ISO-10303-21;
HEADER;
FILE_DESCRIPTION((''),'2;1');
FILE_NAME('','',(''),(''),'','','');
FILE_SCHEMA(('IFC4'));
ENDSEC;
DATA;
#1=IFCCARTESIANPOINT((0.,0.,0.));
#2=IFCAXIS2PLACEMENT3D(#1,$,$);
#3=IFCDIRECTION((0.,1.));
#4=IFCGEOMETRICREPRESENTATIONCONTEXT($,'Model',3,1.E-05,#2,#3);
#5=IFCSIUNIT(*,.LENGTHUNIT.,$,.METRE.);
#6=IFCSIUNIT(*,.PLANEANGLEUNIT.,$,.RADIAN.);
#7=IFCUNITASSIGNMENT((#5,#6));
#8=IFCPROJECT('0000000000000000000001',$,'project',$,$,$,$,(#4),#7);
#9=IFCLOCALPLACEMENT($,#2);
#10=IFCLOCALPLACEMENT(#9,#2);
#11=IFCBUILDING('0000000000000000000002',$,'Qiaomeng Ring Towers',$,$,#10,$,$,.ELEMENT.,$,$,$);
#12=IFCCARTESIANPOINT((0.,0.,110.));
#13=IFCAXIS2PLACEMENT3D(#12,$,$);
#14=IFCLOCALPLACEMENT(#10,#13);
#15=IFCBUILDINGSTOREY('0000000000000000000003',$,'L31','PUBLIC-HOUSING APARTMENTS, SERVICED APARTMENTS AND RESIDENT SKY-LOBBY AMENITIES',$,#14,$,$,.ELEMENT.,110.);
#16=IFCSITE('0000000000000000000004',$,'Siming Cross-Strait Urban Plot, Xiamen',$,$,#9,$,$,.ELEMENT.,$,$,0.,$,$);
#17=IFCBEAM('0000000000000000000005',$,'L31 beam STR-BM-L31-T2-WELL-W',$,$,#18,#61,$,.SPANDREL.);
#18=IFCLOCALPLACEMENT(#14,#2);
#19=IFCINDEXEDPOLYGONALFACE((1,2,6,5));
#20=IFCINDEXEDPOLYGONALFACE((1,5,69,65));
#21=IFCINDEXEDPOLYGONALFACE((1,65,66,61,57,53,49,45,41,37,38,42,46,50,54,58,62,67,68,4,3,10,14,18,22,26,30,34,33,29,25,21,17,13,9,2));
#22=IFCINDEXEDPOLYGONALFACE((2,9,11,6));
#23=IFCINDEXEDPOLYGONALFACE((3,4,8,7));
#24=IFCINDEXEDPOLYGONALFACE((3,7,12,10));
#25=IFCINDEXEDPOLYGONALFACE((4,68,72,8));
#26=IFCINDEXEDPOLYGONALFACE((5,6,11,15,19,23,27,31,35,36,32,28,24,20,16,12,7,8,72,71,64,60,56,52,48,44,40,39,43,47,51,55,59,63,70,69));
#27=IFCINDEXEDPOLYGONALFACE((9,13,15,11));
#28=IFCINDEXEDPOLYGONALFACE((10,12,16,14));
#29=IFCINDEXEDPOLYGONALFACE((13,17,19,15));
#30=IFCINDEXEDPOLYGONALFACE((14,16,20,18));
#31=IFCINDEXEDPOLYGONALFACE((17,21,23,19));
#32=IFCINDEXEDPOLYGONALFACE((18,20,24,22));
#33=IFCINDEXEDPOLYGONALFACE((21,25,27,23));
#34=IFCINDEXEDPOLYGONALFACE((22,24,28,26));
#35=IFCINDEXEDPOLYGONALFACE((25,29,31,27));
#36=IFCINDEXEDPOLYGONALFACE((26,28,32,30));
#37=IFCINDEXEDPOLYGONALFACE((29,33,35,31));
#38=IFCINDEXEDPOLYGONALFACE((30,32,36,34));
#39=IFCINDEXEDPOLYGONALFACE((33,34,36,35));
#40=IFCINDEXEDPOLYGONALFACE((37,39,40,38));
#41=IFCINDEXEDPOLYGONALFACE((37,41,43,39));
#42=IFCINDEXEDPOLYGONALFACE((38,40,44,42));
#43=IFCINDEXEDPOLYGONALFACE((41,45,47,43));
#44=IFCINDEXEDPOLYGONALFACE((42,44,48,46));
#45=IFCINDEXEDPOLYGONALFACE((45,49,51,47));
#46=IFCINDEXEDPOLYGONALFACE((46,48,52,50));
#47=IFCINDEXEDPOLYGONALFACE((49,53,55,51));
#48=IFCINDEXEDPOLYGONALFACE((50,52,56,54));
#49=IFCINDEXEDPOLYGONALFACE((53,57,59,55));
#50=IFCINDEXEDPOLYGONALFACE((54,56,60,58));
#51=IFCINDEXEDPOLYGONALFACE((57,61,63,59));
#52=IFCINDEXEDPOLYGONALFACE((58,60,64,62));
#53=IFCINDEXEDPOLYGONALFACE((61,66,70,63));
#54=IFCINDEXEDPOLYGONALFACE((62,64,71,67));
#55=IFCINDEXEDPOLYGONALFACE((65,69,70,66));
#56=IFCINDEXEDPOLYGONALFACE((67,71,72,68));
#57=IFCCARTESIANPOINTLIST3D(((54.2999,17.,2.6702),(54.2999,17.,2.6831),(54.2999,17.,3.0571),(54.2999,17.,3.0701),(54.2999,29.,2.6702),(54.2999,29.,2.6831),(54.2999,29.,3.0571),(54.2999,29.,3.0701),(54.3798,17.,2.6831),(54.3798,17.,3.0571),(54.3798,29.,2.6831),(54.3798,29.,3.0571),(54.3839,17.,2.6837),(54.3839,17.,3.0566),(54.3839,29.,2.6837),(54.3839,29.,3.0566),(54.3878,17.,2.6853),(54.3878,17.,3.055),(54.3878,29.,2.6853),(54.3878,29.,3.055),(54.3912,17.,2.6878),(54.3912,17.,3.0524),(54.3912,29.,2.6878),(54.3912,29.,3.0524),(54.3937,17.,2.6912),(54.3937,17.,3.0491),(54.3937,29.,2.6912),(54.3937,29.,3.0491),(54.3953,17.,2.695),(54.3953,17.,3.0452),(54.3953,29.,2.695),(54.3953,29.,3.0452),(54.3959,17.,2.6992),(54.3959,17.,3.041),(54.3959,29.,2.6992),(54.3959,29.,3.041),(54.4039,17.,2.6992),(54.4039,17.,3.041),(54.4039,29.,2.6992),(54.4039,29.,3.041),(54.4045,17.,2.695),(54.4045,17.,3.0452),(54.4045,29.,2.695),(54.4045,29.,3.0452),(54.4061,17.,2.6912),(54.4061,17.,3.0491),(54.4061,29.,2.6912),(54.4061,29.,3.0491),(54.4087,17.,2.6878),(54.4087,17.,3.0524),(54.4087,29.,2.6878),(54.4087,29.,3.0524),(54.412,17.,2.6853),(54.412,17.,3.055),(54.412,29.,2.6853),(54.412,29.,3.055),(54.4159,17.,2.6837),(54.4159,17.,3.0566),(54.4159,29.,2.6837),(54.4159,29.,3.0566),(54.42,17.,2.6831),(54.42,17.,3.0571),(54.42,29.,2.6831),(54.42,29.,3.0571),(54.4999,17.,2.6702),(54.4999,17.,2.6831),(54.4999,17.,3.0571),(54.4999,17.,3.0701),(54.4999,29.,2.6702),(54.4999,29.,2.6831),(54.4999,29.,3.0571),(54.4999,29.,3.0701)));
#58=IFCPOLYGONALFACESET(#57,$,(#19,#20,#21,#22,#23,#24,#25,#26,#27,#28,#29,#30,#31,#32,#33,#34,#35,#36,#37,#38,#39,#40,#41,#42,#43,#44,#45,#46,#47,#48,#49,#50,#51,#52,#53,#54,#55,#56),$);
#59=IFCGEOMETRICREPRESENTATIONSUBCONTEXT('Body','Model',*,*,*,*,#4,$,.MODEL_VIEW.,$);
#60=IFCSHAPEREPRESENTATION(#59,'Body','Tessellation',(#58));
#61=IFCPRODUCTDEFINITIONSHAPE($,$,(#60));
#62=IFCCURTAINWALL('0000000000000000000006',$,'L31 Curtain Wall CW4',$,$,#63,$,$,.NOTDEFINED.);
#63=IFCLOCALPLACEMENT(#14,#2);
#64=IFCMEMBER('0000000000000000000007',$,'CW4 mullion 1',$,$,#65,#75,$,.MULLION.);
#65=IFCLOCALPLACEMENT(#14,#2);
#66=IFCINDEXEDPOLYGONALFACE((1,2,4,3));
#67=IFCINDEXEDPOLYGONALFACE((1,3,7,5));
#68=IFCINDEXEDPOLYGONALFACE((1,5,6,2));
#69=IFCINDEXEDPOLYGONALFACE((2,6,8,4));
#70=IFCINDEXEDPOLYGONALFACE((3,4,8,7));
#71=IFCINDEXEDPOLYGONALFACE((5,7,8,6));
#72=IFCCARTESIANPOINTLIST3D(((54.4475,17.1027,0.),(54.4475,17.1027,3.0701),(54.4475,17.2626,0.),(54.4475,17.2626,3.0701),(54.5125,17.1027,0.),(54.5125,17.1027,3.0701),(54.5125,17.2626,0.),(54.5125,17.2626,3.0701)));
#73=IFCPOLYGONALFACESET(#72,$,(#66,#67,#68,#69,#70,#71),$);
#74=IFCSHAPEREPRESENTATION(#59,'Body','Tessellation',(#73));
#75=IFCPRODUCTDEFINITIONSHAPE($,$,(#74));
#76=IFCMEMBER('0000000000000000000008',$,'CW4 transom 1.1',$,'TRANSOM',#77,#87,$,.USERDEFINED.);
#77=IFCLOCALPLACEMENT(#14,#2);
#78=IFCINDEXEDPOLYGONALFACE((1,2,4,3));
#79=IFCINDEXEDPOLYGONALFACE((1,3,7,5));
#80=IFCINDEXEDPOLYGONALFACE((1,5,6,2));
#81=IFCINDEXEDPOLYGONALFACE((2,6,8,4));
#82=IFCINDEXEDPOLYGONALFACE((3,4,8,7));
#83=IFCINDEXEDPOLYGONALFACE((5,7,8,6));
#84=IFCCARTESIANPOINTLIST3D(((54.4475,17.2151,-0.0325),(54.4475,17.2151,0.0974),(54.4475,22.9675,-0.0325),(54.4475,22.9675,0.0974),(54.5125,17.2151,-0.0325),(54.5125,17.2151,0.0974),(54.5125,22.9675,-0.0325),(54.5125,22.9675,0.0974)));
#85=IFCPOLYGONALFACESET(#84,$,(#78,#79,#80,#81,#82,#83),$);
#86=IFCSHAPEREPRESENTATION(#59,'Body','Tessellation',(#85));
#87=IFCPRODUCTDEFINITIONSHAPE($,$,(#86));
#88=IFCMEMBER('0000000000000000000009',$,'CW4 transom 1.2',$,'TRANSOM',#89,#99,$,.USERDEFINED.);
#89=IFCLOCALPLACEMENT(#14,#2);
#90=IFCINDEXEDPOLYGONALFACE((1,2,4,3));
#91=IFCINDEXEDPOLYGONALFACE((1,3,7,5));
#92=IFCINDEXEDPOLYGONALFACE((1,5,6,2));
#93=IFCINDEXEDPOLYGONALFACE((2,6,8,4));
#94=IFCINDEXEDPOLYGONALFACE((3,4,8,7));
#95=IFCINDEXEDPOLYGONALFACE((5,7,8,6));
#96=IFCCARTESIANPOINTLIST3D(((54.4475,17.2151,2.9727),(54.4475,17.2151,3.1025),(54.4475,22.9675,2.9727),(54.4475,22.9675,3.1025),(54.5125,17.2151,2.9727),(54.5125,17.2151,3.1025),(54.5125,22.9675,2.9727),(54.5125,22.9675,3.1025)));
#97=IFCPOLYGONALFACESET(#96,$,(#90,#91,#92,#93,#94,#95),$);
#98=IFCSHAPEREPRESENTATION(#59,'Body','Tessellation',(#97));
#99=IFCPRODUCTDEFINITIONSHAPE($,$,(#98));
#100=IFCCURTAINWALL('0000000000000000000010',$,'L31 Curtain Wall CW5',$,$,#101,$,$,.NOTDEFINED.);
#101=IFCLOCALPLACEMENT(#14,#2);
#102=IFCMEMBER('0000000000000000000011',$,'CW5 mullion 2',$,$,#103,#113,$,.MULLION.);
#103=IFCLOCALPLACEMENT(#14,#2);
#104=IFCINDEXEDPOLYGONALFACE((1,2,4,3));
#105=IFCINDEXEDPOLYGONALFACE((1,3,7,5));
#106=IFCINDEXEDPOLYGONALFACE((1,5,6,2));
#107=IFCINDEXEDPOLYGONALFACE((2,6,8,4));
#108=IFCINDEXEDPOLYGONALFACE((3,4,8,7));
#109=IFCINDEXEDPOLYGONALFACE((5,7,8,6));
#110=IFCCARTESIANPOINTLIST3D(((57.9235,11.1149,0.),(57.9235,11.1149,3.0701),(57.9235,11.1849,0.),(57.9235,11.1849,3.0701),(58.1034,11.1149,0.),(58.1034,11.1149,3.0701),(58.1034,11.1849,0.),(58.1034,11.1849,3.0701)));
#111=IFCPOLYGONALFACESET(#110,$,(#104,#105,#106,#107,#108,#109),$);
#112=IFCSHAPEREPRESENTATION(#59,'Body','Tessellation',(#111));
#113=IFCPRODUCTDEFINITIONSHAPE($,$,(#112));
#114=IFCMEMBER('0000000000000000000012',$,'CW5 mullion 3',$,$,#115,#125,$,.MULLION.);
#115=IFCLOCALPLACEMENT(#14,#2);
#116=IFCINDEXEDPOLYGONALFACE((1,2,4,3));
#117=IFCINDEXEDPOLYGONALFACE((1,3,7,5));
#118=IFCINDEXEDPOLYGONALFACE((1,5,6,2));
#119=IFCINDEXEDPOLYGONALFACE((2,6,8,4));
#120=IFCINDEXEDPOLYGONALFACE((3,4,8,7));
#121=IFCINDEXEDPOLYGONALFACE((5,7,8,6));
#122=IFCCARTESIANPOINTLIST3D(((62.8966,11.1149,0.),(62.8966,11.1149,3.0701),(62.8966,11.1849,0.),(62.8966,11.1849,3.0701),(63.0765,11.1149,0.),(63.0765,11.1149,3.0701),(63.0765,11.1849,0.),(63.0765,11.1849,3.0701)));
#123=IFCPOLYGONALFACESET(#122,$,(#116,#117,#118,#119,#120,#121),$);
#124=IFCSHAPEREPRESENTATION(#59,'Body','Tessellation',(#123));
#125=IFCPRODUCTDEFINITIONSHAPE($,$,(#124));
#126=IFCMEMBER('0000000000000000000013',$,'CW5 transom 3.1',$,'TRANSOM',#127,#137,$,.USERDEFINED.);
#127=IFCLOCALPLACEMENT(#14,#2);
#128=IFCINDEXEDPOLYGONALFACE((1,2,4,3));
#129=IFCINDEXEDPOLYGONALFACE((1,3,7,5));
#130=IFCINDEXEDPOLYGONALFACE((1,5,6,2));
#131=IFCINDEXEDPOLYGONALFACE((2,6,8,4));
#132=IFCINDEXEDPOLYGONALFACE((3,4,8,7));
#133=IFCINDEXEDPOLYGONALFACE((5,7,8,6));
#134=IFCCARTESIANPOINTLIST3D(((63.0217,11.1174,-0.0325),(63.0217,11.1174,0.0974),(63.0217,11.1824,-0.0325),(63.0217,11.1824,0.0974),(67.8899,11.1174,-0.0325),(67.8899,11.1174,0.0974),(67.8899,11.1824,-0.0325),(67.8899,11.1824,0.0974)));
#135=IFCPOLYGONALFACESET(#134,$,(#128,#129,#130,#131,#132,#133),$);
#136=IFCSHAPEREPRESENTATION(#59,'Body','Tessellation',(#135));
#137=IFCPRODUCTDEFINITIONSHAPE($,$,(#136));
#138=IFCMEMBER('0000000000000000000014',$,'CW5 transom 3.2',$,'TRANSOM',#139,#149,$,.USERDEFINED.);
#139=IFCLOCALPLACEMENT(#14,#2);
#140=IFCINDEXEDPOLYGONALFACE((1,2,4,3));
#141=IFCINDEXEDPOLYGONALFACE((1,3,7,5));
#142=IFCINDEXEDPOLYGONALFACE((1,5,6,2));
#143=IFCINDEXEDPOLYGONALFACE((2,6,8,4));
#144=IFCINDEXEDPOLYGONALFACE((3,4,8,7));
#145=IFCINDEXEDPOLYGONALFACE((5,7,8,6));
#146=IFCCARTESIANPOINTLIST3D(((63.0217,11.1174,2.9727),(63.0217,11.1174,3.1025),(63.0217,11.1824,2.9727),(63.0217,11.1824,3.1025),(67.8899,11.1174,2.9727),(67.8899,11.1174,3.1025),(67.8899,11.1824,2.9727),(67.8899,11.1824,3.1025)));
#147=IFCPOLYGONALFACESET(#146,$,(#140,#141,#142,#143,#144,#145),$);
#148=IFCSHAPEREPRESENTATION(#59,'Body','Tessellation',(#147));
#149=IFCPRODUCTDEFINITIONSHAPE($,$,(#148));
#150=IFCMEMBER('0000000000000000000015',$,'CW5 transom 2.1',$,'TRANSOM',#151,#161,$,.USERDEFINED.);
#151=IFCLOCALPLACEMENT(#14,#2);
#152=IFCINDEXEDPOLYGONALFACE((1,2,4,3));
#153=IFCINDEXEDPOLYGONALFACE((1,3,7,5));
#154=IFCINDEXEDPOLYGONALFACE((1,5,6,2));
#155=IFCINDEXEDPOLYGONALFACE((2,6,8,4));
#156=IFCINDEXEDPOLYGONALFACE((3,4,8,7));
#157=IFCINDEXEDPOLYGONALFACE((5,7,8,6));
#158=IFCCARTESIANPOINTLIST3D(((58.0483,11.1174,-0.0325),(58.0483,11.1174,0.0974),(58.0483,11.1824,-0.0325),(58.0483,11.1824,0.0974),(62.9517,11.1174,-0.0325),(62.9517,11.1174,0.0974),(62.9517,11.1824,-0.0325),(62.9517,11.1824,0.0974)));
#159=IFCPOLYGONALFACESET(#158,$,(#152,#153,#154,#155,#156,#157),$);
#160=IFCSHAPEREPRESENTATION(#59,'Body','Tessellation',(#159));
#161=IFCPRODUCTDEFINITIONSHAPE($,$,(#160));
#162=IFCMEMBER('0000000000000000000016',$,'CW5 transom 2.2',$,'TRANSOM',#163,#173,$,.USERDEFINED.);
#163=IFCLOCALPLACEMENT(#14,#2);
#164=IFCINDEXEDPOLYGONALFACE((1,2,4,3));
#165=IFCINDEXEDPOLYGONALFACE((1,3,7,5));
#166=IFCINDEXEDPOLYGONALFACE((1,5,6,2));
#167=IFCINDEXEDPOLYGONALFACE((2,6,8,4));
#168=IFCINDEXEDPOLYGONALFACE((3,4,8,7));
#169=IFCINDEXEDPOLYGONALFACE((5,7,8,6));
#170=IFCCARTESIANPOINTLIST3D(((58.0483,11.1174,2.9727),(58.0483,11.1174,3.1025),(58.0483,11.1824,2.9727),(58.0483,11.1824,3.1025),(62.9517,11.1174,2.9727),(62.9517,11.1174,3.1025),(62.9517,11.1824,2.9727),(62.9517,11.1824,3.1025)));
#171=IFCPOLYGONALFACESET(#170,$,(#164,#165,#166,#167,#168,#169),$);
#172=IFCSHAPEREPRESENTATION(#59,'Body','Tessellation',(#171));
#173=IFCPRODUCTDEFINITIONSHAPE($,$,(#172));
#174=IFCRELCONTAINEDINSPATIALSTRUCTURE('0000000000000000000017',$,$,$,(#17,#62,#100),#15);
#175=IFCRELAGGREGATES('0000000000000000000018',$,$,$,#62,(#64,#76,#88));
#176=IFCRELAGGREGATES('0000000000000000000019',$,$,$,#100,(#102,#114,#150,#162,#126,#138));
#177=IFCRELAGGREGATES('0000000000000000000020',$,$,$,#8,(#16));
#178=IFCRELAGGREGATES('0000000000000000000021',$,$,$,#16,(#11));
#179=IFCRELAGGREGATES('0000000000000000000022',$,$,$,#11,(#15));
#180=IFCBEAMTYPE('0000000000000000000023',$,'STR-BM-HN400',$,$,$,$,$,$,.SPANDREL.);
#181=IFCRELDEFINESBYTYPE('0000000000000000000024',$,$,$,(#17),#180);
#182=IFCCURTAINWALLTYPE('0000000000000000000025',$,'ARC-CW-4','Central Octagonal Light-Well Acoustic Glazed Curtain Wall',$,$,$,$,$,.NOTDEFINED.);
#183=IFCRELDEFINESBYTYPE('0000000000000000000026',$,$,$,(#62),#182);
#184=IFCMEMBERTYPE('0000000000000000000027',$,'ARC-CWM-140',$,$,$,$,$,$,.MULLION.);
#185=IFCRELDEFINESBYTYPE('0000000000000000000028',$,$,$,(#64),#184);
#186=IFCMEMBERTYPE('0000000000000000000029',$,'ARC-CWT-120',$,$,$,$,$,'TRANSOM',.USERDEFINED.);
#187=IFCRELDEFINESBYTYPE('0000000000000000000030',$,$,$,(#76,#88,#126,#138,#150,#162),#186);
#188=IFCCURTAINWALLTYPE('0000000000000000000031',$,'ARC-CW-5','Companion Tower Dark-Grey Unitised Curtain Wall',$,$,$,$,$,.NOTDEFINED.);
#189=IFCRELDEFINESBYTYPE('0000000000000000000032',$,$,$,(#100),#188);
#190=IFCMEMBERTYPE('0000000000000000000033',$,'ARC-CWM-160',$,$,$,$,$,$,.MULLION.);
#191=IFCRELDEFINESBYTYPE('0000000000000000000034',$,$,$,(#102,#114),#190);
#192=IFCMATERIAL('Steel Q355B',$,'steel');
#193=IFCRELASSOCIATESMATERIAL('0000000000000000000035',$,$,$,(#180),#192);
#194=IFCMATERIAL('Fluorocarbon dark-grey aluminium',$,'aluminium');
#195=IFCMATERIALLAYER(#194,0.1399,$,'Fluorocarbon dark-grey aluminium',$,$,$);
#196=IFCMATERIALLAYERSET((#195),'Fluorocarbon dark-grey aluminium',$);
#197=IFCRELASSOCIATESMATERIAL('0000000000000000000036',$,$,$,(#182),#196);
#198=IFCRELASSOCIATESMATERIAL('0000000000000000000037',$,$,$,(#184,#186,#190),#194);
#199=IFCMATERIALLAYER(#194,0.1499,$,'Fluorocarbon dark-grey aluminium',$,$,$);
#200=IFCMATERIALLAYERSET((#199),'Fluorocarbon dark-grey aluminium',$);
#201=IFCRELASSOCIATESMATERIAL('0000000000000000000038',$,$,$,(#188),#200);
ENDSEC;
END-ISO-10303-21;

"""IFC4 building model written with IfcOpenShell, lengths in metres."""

from ifc_helpers import new_model, si_unit, direction, frame, origin, origin_2d, place, context, subcontext, project, spatial, rectangle, i_section, extrude, source, transform, mapped, material, layer, layer_set, material_profile, profile_set, type_object, element, aggregate, save


model = new_model("IFC4")

# Units and contexts
model_context = context("Model", 3, precision=1e-05, world=origin(), true_north=direction((0.0, 1.0)))
body_context = subcontext(model_context, "Body", "Model", "MODEL_VIEW")
ifc_project = project(units=[si_unit("LENGTHUNIT", "METRE"), si_unit("PLANEANGLEUNIT", "RADIAN")], contexts=[model_context])

# Site, building, storey
site_placement = place(None, origin())
site = spatial("IfcSite", under=ifc_project, at=site_placement, Name="Siming Cross-Strait Urban Plot, Xiamen", CompositionType="ELEMENT", RefElevation=0.0)
building_placement = place(site_placement, origin())
building = spatial("IfcBuilding", under=site, at=building_placement, Name="Qiaomeng Ring Towers", CompositionType="ELEMENT")
storey_placement = place(building_placement, frame((0.0, 0.0, 110.0)))
storey = spatial("IfcBuildingStorey", under=building, at=storey_placement, Name="L31", Description="PUBLIC-HOUSING APARTMENTS, SERVICED APARTMENTS AND RESIDENT SKY-LOBBY AMENITIES", CompositionType="ELEMENT", Elevation=110.0)

# Beam
ifc_material_1 = material(Name="Steel Q355B", Category="steel")
ifc_material_profile_1 = material_profile(ifc_material_1, i_section(OverallWidth=0.2, OverallDepth=0.3999, WebThickness=0.0081, FlangeThickness=0.0129, FilletRadius=0.0161, at=origin_2d()), Name="HN 400x200x8x13")
ifc_profile_set_1 = profile_set([ifc_material_profile_1], Name="Steel Q355B")
beam_type = type_object("IfcBeamType", Name="STR-BM-HN400", PredefinedType="SPANDREL", material=ifc_profile_set_1)
shared_shape_1 = source(origin(), body_context, "Body", "SweptSolid", [
    extrude(i_section(OverallWidth=0.2, OverallDepth=0.3999, WebThickness=0.0081, FlangeThickness=0.0129, FilletRadius=0.0161, at=origin_2d()), origin(), (0.0, 0.0, 1.0), 12.0),
])
beam_placement = place(storey_placement, frame((54.3999, 17.0, 2.8701), z_axis=(0.0, 1.0, 0.0), x_axis=(-1.0, 0.0, 0.0)))
element("IfcBeam", 1, at=beam_placement, inside=storey, type_object=beam_type, Name="L31 beam STR-BM-L31-T2-WELL-W", PredefinedType="SPANDREL", context=body_context, shape_type="MappedRepresentation", body=[
    mapped(shared_shape_1, transform((0.0, 0.0, 0.0), x_axis=(1.0, 0.0, 0.0), y_axis=(0.0, 1.0, 0.0), z_axis=(0.0, 0.0, 1.0), scale=1.0)),
])

# Curtain wall, members
ifc_material_2 = material(Name="Fluorocarbon dark-grey aluminium", Category="aluminium")
ifc_layer_1 = layer(ifc_material_2, 0.1399, Name="Fluorocarbon dark-grey aluminium")
ifc_layer_set_1 = layer_set([ifc_layer_1], Name="Fluorocarbon dark-grey aluminium")
curtain_wall_type_1 = type_object("IfcCurtainWallType", Name="ARC-CW-4", Description="Central Octagonal Light-Well Acoustic Glazed Curtain Wall", PredefinedType="NOTDEFINED", material=ifc_layer_set_1)
curtain_wall_1_placement = place(storey_placement, origin())
curtain_wall_1 = element("IfcCurtainWall", 2, at=curtain_wall_1_placement, inside=storey, type_object=curtain_wall_type_1, Name="L31 Curtain Wall CW4", PredefinedType="NOTDEFINED")
ifc_material_profile_2 = material_profile(ifc_material_2, rectangle(XDim=0.0649, YDim=0.1599, at=origin_2d()), Name="ALU MULL 65x160")
ifc_profile_set_2 = profile_set([ifc_material_profile_2], Name="Fluorocarbon dark-grey aluminium")
member_type_1 = type_object("IfcMemberType", Name="ARC-CWM-140", PredefinedType="MULLION", material=ifc_profile_set_2)
shared_shape_2 = source(origin(), body_context, "Body", "SweptSolid", [
    extrude(rectangle(XDim=0.0649, YDim=0.1599, at=origin_2d()), origin(), (0.0, 0.0, 1.0), 3.0701),
])
member_1_placement = place(storey_placement, frame((54.48, 17.1826, 0.0), z_axis=(0.0, 0.0, 1.0), x_axis=(-1.0, 0.0, 0.0)))
member_1 = element("IfcMember", 3, at=member_1_placement, type_object=member_type_1, Name="CW4 mullion 1", PredefinedType="MULLION", context=body_context, shape_type="MappedRepresentation", body=[
    mapped(shared_shape_2, transform((0.0, 0.0, 0.0), x_axis=(1.0, 0.0, 0.0), y_axis=(0.0, 1.0, 0.0), z_axis=(0.0, 0.0, 1.0), scale=1.0)),
])
ifc_material_profile_3 = material_profile(ifc_material_2, rectangle(XDim=0.0649, YDim=0.1299, at=origin_2d()), Name="ALU TRAN 65x130")
ifc_profile_set_3 = profile_set([ifc_material_profile_3], Name="Fluorocarbon dark-grey aluminium")
member_type_2 = type_object("IfcMemberType", Name="ARC-CWT-120", ElementType="TRANSOM", PredefinedType="USERDEFINED", material=ifc_profile_set_3)
shared_shape_3 = source(origin(), body_context, "Body", "SweptSolid", [
    extrude(rectangle(XDim=0.0649, YDim=0.1299, at=origin_2d()), origin(), (0.0, 0.0, 1.0), 5.7524),
])
member_2_placement = place(storey_placement, frame((54.48, 17.2151, 0.0325), z_axis=(0.0, 1.0, 0.0), x_axis=(-1.0, 0.0, 0.0)))
member_2 = element("IfcMember", 4, at=member_2_placement, type_object=member_type_2, Name="CW4 transom 1.1", ObjectType="TRANSOM", PredefinedType="USERDEFINED", context=body_context, shape_type="MappedRepresentation", body=[
    mapped(shared_shape_3, transform((0.0, 0.0, 0.0), x_axis=(1.0, 0.0, 0.0), y_axis=(0.0, 1.0, 0.0), z_axis=(0.0, 0.0, 1.0), scale=1.0)),
])
member_3_placement = place(storey_placement, frame((54.48, 17.2151, 3.0376), z_axis=(0.0, 1.0, 0.0), x_axis=(-1.0, 0.0, 0.0)))
member_3 = element("IfcMember", 5, at=member_3_placement, type_object=member_type_2, Name="CW4 transom 1.2", ObjectType="TRANSOM", PredefinedType="USERDEFINED", context=body_context, shape_type="MappedRepresentation", body=[
    mapped(shared_shape_3, transform((0.0, 0.0, 0.0), x_axis=(1.0, 0.0, 0.0), y_axis=(0.0, 1.0, 0.0), z_axis=(0.0, 0.0, 1.0), scale=1.0)),
])
aggregate(curtain_wall_1, [member_1, member_2, member_3])

# Curtain wall, members
ifc_layer_2 = layer(ifc_material_2, 0.1499, Name="Fluorocarbon dark-grey aluminium")
ifc_layer_set_2 = layer_set([ifc_layer_2], Name="Fluorocarbon dark-grey aluminium")
curtain_wall_type_2 = type_object("IfcCurtainWallType", Name="ARC-CW-5", Description="Companion Tower Dark-Grey Unitised Curtain Wall", PredefinedType="NOTDEFINED", material=ifc_layer_set_2)
curtain_wall_2_placement = place(storey_placement, origin())
curtain_wall_2 = element("IfcCurtainWall", 6, at=curtain_wall_2_placement, inside=storey, type_object=curtain_wall_type_2, Name="L31 Curtain Wall CW5", PredefinedType="NOTDEFINED")
ifc_material_profile_4 = material_profile(ifc_material_2, rectangle(XDim=0.0701, YDim=0.1799, at=origin_2d()), Name="ALU MULL 70x180")
ifc_profile_set_4 = profile_set([ifc_material_profile_4], Name="Fluorocarbon dark-grey aluminium")
member_type_3 = type_object("IfcMemberType", Name="ARC-CWM-160", PredefinedType="MULLION", material=ifc_profile_set_4)
shared_shape_4 = source(origin(), body_context, "Body", "SweptSolid", [
    extrude(rectangle(XDim=0.0701, YDim=0.1799, at=origin_2d()), origin(), (0.0, 0.0, 1.0), 3.0701),
])
member_4_placement = place(storey_placement, frame((58.0134, 11.1499, 0.0), z_axis=(0.0, 0.0, 1.0), x_axis=(0.0, 1.0, 0.0)))
member_4 = element("IfcMember", 7, at=member_4_placement, type_object=member_type_3, Name="CW5 mullion 2", PredefinedType="MULLION", context=body_context, shape_type="MappedRepresentation", body=[
    mapped(shared_shape_4, transform((0.0, 0.0, 0.0), x_axis=(1.0, 0.0, 0.0), y_axis=(0.0, 1.0, 0.0), z_axis=(0.0, 0.0, 1.0), scale=1.0)),
])
member_5_placement = place(storey_placement, frame((62.9866, 11.1499, 0.0), z_axis=(0.0, 0.0, 1.0), x_axis=(0.0, 1.0, 0.0)))
member_5 = element("IfcMember", 8, at=member_5_placement, type_object=member_type_3, Name="CW5 mullion 3", PredefinedType="MULLION", context=body_context, shape_type="MappedRepresentation", body=[
    mapped(shared_shape_4, transform((0.0, 0.0, 0.0), x_axis=(1.0, 0.0, 0.0), y_axis=(0.0, 1.0, 0.0), z_axis=(0.0, 0.0, 1.0), scale=1.0)),
])
shared_shape_5 = source(origin(), body_context, "Body", "SweptSolid", [
    extrude(rectangle(XDim=0.0649, YDim=0.1299, at=origin_2d()), origin(), (0.0, 0.0, 1.0), 4.8682),
])
member_6_placement = place(storey_placement, frame((63.0217, 11.1499, 0.0325), z_axis=(1.0, 0.0, 0.0), x_axis=(0.0, 1.0, 0.0)))
member_6 = element("IfcMember", 9, at=member_6_placement, type_object=member_type_2, Name="CW5 transom 3.1", ObjectType="TRANSOM", PredefinedType="USERDEFINED", context=body_context, shape_type="MappedRepresentation", body=[
    mapped(shared_shape_5, transform((0.0, 0.0, 0.0), x_axis=(1.0, 0.0, 0.0), y_axis=(0.0, 1.0, 0.0), z_axis=(0.0, 0.0, 1.0), scale=1.0)),
])
member_7_placement = place(storey_placement, frame((63.0217, 11.1499, 3.0376), z_axis=(1.0, 0.0, 0.0), x_axis=(0.0, 1.0, 0.0)))
member_7 = element("IfcMember", 10, at=member_7_placement, type_object=member_type_2, Name="CW5 transom 3.2", ObjectType="TRANSOM", PredefinedType="USERDEFINED", context=body_context, shape_type="MappedRepresentation", body=[
    mapped(shared_shape_5, transform((0.0, 0.0, 0.0), x_axis=(1.0, 0.0, 0.0), y_axis=(0.0, 1.0, 0.0), z_axis=(0.0, 0.0, 1.0), scale=1.0)),
])
shared_shape_6 = source(origin(), body_context, "Body", "SweptSolid", [
    extrude(rectangle(XDim=0.0649, YDim=0.1299, at=origin_2d()), origin(), (0.0, 0.0, 1.0), 4.9033),
])
member_8_placement = place(storey_placement, frame((58.0483, 11.1499, 0.0325), z_axis=(1.0, 0.0, 0.0), x_axis=(0.0, 1.0, 0.0)))
member_8 = element("IfcMember", 11, at=member_8_placement, type_object=member_type_2, Name="CW5 transom 2.1", ObjectType="TRANSOM", PredefinedType="USERDEFINED", context=body_context, shape_type="MappedRepresentation", body=[
    mapped(shared_shape_6, transform((0.0, 0.0, 0.0), x_axis=(1.0, 0.0, 0.0), y_axis=(0.0, 1.0, 0.0), z_axis=(0.0, 0.0, 1.0), scale=1.0)),
])
member_9_placement = place(storey_placement, frame((58.0483, 11.1499, 3.0376), z_axis=(1.0, 0.0, 0.0), x_axis=(0.0, 1.0, 0.0)))
member_9 = element("IfcMember", 12, at=member_9_placement, type_object=member_type_2, Name="CW5 transom 2.2", ObjectType="TRANSOM", PredefinedType="USERDEFINED", context=body_context, shape_type="MappedRepresentation", body=[
    mapped(shared_shape_6, transform((0.0, 0.0, 0.0), x_axis=(1.0, 0.0, 0.0), y_axis=(0.0, 1.0, 0.0), z_axis=(0.0, 0.0, 1.0), scale=1.0)),
])
aggregate(curtain_wall_2, [member_4, member_5, member_8, member_9, member_6, member_7])

save(model, "model.ifc")
